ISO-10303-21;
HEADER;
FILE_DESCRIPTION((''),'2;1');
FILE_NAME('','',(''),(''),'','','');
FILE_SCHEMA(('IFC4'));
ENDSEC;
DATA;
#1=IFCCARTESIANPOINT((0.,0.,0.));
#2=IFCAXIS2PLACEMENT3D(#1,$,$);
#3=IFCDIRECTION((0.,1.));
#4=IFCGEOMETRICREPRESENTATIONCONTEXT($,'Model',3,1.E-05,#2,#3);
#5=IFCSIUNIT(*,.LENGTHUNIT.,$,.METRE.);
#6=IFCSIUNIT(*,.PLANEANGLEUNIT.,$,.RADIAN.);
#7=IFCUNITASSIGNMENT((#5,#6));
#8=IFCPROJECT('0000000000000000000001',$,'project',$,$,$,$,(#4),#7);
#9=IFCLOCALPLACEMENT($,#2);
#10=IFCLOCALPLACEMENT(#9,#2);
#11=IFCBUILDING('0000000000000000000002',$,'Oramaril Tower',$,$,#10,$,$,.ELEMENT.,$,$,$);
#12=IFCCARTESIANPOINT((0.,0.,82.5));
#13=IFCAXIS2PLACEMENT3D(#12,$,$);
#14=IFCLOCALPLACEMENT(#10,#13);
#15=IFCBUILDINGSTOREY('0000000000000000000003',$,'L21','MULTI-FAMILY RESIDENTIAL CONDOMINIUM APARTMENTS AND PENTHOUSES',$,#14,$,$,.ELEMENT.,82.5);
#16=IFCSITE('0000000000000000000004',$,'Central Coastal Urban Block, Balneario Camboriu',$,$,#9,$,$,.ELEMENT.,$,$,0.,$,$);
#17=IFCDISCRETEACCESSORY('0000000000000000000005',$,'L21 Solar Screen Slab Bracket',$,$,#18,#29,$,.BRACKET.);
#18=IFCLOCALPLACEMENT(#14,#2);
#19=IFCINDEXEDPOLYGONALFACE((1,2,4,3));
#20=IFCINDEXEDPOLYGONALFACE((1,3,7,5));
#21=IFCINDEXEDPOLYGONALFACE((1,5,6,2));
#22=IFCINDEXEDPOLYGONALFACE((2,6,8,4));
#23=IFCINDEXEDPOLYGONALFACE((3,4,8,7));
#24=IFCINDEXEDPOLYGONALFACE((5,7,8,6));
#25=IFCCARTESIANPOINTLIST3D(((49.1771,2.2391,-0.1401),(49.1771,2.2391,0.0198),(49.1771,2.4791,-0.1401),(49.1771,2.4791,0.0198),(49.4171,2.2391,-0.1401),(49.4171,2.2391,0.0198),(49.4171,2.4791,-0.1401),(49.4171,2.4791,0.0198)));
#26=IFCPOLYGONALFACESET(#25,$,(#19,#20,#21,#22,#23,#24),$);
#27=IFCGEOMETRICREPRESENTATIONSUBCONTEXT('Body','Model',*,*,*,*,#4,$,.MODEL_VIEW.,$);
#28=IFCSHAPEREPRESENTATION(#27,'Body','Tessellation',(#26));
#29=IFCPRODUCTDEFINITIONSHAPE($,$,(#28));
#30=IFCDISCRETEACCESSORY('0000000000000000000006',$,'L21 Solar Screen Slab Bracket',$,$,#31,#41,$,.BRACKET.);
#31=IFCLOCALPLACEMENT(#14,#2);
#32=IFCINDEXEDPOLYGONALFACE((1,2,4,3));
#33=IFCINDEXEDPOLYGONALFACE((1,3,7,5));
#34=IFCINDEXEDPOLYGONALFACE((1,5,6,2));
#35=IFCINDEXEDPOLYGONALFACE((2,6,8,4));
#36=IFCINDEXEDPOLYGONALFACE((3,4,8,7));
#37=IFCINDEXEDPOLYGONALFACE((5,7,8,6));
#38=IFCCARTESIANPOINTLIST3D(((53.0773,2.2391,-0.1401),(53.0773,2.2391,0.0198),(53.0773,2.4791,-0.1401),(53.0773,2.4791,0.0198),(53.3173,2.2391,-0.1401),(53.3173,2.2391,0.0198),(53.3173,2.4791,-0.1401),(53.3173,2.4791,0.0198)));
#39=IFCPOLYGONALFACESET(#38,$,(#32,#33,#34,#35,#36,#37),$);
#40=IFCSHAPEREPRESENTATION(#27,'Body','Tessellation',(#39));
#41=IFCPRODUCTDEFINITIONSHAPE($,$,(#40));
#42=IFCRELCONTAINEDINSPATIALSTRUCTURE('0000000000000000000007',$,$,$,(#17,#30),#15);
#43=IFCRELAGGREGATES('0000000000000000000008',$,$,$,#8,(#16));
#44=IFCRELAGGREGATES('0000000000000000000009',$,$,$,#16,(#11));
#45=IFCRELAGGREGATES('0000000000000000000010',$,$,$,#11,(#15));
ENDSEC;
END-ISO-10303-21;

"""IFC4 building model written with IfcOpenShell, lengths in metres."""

from ifc_helpers import new_model, si_unit, direction, frame, origin, origin_2d, place, context, subcontext, project, spatial, rectangle, extrude, element, save


model = new_model("IFC4")

# Units and contexts
model_context = context("Model", 3, precision=1e-05, world=origin(), true_north=direction((0.0, 1.0)))
body_context = subcontext(model_context, "Body", "Model", "MODEL_VIEW")
ifc_project = project(units=[si_unit("LENGTHUNIT", "METRE"), si_unit("PLANEANGLEUNIT", "RADIAN")], contexts=[model_context])

# Site, building, storey
site_placement = place(None, origin())
site = spatial("IfcSite", under=ifc_project, at=site_placement, Name="Central Coastal Urban Block, Balneario Camboriu", CompositionType="ELEMENT", RefElevation=0.0)
building_placement = place(site_placement, origin())
building = spatial("IfcBuilding", under=site, at=building_placement, Name="Oramaril Tower", CompositionType="ELEMENT")
storey_placement = place(building_placement, frame((0.0, 0.0, 82.5)))
storey = spatial("IfcBuildingStorey", under=building, at=storey_placement, Name="L21", Description="MULTI-FAMILY RESIDENTIAL CONDOMINIUM APARTMENTS AND PENTHOUSES", CompositionType="ELEMENT", Elevation=82.5)

# Discrete accessories
for number, where, z_axis, x_axis, name in (
    (1, (49.2971, 2.3591, -0.1401), (0.0, 0.0, 1.0), (1.0, 0.0, 0.0), "L21 Solar Screen Slab Bracket"),
    (2, (53.1973, 2.3591, -0.1401), (0.0, 0.0, 1.0), (1.0, 0.0, 0.0), "L21 Solar Screen Slab Bracket"),
):
    element("IfcDiscreteAccessory", number, at=place(storey_placement, frame(where, z_axis=z_axis, x_axis=x_axis)), inside=storey, Name=name, PredefinedType="BRACKET", context=body_context, shape_type="SweptSolid", body=[
        extrude(rectangle(XDim=0.24, YDim=0.24, at=origin_2d()), origin(), (0.0, 0.0, 1.0), 0.1599),
    ])

save(model, "model.ifc")
